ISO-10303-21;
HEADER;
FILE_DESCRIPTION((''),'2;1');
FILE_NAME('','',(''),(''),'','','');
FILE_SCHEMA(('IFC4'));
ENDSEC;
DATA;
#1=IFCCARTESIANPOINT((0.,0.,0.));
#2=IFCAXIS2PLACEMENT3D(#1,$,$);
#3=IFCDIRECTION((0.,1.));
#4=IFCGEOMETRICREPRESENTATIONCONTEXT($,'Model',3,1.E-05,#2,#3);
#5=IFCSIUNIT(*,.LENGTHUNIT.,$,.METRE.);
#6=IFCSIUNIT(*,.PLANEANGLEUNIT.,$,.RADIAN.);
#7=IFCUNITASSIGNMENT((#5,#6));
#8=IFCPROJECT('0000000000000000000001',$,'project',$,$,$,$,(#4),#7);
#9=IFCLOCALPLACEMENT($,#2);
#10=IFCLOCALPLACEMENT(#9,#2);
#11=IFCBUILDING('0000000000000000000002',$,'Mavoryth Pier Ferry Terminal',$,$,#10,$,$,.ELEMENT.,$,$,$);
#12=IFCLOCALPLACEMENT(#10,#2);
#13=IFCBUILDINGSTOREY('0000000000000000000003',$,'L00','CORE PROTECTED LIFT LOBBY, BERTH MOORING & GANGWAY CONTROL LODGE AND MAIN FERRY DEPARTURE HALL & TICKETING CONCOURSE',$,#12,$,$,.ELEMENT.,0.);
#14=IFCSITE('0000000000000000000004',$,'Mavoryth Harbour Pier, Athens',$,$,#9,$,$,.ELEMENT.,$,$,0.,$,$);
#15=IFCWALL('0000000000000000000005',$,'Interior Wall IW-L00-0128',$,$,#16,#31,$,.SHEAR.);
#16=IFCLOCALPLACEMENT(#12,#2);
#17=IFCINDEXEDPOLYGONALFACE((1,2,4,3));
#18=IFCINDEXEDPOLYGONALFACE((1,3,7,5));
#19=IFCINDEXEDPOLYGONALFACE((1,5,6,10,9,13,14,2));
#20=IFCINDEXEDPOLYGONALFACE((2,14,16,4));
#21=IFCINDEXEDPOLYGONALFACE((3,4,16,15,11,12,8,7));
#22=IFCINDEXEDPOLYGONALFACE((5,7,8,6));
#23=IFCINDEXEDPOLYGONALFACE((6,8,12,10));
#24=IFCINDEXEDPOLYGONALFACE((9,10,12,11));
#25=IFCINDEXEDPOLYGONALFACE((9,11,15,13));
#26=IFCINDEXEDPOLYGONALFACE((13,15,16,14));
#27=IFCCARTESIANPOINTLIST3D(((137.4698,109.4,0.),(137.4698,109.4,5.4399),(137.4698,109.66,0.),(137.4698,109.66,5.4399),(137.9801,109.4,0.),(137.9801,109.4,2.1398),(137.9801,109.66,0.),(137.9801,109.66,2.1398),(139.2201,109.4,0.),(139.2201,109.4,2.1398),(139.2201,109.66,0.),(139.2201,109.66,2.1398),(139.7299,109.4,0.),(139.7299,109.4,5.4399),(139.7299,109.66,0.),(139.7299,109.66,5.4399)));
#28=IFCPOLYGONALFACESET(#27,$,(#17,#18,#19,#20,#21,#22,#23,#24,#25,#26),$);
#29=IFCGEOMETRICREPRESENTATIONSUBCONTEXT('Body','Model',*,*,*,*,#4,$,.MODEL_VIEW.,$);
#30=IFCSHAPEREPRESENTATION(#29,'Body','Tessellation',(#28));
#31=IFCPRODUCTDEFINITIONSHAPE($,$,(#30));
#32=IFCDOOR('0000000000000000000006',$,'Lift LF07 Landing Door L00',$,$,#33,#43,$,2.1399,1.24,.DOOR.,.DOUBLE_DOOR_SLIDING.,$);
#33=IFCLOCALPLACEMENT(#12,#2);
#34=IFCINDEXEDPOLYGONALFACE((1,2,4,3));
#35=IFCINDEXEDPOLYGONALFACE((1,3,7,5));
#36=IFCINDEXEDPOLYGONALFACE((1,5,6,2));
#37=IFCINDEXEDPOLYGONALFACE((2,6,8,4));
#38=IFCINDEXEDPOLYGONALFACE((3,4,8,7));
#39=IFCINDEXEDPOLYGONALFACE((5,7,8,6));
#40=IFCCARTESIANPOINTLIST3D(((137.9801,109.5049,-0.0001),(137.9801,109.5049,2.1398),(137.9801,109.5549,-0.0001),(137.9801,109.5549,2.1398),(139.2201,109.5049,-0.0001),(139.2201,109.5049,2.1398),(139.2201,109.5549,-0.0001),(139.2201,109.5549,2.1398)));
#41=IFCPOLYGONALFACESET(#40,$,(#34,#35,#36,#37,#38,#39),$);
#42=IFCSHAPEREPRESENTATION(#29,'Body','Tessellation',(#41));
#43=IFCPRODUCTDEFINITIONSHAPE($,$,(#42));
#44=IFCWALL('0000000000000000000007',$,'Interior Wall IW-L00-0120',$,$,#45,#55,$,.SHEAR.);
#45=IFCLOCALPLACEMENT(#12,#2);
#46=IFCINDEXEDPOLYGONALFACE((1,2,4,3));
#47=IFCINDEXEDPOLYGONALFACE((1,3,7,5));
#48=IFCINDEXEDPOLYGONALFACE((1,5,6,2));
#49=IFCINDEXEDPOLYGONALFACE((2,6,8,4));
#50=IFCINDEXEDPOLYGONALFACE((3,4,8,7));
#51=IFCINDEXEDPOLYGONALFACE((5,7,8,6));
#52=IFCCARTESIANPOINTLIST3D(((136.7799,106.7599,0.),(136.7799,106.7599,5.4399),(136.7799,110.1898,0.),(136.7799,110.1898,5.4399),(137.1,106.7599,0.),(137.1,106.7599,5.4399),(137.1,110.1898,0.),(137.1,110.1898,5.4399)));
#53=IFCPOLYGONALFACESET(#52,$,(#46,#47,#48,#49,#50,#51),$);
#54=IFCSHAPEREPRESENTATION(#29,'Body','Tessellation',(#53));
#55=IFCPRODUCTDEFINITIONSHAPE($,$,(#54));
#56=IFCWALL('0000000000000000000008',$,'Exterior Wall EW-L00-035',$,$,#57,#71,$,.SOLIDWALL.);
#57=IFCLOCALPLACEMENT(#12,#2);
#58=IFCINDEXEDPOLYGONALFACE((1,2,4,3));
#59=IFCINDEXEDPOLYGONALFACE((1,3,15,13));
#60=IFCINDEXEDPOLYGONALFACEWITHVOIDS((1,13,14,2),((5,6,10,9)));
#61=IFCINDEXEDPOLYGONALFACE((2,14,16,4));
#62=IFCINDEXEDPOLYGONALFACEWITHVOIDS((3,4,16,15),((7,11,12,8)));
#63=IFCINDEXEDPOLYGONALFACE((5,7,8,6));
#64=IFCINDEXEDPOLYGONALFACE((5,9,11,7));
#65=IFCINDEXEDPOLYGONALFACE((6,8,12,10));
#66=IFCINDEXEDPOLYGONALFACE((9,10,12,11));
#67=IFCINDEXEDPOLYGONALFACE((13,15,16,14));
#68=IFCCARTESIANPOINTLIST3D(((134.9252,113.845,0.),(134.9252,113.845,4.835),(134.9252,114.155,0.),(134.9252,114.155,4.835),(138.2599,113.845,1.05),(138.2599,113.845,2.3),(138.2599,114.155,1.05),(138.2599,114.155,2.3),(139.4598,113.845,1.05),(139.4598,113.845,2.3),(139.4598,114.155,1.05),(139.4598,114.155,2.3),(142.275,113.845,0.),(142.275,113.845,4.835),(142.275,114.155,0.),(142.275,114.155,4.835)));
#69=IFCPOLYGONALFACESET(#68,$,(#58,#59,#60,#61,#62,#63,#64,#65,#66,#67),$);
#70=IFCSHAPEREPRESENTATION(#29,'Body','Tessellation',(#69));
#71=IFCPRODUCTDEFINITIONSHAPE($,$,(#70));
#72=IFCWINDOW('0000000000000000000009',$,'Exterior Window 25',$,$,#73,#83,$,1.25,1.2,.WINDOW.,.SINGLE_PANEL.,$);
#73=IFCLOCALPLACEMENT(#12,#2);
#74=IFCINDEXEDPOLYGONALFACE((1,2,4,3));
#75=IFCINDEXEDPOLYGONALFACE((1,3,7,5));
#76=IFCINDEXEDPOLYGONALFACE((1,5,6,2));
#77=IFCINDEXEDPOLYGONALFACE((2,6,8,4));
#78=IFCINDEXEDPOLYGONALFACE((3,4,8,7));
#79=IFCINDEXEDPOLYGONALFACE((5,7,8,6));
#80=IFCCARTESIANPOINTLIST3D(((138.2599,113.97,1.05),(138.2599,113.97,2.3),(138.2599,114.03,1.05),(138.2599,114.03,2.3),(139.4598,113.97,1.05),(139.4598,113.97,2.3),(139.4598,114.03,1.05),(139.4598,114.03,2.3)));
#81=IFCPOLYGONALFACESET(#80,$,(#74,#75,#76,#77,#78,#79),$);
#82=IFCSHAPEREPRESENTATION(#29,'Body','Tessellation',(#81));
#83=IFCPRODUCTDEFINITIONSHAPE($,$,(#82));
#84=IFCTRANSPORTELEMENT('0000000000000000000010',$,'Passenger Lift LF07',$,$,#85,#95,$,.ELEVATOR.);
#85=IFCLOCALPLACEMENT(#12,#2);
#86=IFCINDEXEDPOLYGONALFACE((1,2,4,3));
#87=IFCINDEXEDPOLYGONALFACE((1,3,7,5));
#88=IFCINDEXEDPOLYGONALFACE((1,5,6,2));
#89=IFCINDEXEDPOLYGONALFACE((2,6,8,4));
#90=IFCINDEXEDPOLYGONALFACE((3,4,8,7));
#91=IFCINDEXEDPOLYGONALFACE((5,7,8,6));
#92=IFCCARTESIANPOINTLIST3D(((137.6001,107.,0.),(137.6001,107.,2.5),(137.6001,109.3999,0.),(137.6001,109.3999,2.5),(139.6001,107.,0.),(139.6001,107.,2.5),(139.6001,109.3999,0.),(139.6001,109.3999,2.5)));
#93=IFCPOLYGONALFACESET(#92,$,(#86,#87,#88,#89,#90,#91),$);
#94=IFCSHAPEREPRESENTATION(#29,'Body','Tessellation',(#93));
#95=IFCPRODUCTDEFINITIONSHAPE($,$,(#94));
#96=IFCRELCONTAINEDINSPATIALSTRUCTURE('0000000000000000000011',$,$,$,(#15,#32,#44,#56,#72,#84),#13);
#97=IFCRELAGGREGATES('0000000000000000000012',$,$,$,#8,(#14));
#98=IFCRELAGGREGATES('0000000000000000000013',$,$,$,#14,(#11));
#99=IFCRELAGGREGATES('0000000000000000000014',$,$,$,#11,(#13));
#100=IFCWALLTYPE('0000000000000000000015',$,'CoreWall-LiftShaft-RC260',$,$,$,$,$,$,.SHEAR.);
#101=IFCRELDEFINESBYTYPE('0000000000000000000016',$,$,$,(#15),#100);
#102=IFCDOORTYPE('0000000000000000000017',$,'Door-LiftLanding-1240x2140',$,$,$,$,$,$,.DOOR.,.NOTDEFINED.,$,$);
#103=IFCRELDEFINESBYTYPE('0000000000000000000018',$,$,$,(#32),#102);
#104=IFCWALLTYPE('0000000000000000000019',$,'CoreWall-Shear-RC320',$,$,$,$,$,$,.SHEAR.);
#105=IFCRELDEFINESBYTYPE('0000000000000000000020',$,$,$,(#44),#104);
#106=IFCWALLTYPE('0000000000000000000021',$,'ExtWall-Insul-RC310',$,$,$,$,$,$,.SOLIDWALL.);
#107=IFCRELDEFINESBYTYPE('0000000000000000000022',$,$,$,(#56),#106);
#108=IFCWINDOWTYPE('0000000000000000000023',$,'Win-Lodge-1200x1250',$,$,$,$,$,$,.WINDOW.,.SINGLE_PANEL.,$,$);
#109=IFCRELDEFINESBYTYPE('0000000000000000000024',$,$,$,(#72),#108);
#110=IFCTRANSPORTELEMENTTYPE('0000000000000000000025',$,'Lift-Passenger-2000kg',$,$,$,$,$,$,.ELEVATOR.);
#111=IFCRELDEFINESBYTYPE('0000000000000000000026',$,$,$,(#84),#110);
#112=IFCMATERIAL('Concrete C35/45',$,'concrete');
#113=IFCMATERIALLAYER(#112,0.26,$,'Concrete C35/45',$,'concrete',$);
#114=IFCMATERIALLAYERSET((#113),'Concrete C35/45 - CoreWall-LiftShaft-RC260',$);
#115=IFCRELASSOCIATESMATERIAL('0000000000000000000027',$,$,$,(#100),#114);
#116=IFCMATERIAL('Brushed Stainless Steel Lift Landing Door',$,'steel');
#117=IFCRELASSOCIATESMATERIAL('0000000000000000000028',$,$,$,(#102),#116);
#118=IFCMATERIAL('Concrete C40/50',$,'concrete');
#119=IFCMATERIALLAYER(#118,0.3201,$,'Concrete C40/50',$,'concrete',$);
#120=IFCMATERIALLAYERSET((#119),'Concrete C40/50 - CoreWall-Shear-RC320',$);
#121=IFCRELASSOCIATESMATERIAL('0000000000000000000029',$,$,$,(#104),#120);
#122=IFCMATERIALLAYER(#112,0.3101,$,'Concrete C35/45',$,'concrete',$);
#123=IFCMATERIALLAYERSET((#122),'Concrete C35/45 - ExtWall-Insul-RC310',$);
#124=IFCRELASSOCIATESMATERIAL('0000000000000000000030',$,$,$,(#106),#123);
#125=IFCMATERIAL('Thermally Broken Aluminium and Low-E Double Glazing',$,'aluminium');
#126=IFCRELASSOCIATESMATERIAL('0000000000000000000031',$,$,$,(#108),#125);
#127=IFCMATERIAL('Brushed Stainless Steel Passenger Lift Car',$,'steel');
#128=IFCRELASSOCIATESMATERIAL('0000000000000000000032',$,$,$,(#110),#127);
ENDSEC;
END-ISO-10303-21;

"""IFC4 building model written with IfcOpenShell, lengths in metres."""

from ifc_helpers import new_model, si_unit, direction, frame, frame_2d, origin, origin_2d, place, context, subcontext, project, spatial, rectangle, extrude, material, layer, layer_set, type_object, element, fill, save


model = new_model("IFC4")

# Units and contexts
model_context = context("Model", 3, precision=1e-05, world=origin(), true_north=direction((0.0, 1.0)))
body_context = subcontext(model_context, "Body", "Model", "MODEL_VIEW")
ifc_project = project(units=[si_unit("LENGTHUNIT", "METRE"), si_unit("PLANEANGLEUNIT", "RADIAN")], contexts=[model_context])

# Site, building, storey
site_placement = place(None, origin())
site = spatial("IfcSite", under=ifc_project, at=site_placement, Name="Mavoryth Harbour Pier, Athens", CompositionType="ELEMENT", RefElevation=0.0)
building_placement = place(site_placement, origin())
building = spatial("IfcBuilding", under=site, at=building_placement, Name="Mavoryth Pier Ferry Terminal", CompositionType="ELEMENT")
storey_placement = place(building_placement, origin())
storey = spatial("IfcBuildingStorey", under=building, at=storey_placement, Name="L00", Description="CORE PROTECTED LIFT LOBBY, BERTH MOORING & GANGWAY CONTROL LODGE AND MAIN FERRY DEPARTURE HALL & TICKETING CONCOURSE", CompositionType="ELEMENT", Elevation=0.0)

# Shared definitions
ifc_material_1 = material(Name="Concrete C35/45", Category="concrete")

# Shared definitions
ifc_material_2 = material(Name="Concrete C40/50", Category="concrete")

# Shared definitions
ifc_layer_1 = layer(ifc_material_1, 0.26, Name="Concrete C35/45", Category="concrete")
ifc_layer_set_1 = layer_set([ifc_layer_1], Name="Concrete C35/45 - CoreWall-LiftShaft-RC260")
wall_type_1 = type_object("IfcWallType", Name="CoreWall-LiftShaft-RC260", PredefinedType="SHEAR", material=ifc_layer_set_1)

# Wall, opening, door
wall_1_placement = place(storey_placement, frame((137.47, 109.53, 0.0), z_axis=(0.0, 0.0, 1.0), x_axis=(1.0, 0.0, 0.0)))
wall_1 = element("IfcWall", 1, at=wall_1_placement, inside=storey, type_object=wall_type_1, Name="Interior Wall IW-L00-0128", PredefinedType="SHEAR", context=body_context, shape_type="SweptSolid", body=[
    extrude(rectangle(XDim=2.26, YDim=0.26, at=frame_2d((1.1299, 0.0))), origin(), (0.0, 0.0, 1.0), 5.4399),
])
opening_1_placement = place(wall_1_placement, frame((0.51, 0.0, 0.0)))
opening_1 = element("IfcOpeningElement", 2, at=opening_1_placement, cuts=wall_1, PredefinedType="OPENING", context=body_context, shape_type="SweptSolid", body=[
    extrude(rectangle(XDim=1.24, YDim=2.1399, at=frame_2d((0.6201, 1.0698))), frame((0.0, 0.1399, 0.0), z_axis=(0.0, -1.0, 0.0), x_axis=(1.0, 0.0, 0.0)), (0.0, 0.0, 1.0), 0.28),
])
ifc_material_3 = material(Name="Brushed Stainless Steel Lift Landing Door", Category="steel")
door_type = type_object("IfcDoorType", Name="Door-LiftLanding-1240x2140", OperationType="NOTDEFINED", PredefinedType="DOOR", material=ifc_material_3)
door_placement = place(opening_1_placement, origin())
door = element("IfcDoor", 3, at=door_placement, inside=storey, type_object=door_type, Name="Lift LF07 Landing Door L00", OperationType="DOUBLE_DOOR_SLIDING", OverallHeight=2.1399, OverallWidth=1.24, PredefinedType="DOOR", context=body_context, shape_type="SweptSolid", body=[
    extrude(rectangle(XDim=1.24, YDim=2.1399, at=frame_2d((0.6201, 1.0698))), frame((0.0, 0.0249, 0.0), z_axis=(0.0, -1.0, 0.0), x_axis=(1.0, 0.0, 0.0)), (0.0, 0.0, 1.0), 0.05),
])
fill(opening_1, door)

# Wall
ifc_layer_2 = layer(ifc_material_2, 0.3201, Name="Concrete C40/50", Category="concrete")
ifc_layer_set_2 = layer_set([ifc_layer_2], Name="Concrete C40/50 - CoreWall-Shear-RC320")
wall_type_2 = type_object("IfcWallType", Name="CoreWall-Shear-RC320", PredefinedType="SHEAR", material=ifc_layer_set_2)
wall_2_placement = place(storey_placement, frame((136.9399, 106.76, 0.0), z_axis=(0.0, 0.0, 1.0), x_axis=(0.0, 1.0, 0.0)))
element("IfcWall", 4, at=wall_2_placement, inside=storey, type_object=wall_type_2, Name="Interior Wall IW-L00-0120", PredefinedType="SHEAR", context=body_context, shape_type="SweptSolid", body=[
    extrude(rectangle(XDim=3.4299, YDim=0.3201, at=frame_2d((1.7148, 0.0))), origin(), (0.0, 0.0, 1.0), 5.4399),
])

# Wall, opening, window
ifc_layer_3 = layer(ifc_material_1, 0.3101, Name="Concrete C35/45", Category="concrete")
ifc_layer_set_3 = layer_set([ifc_layer_3], Name="Concrete C35/45 - ExtWall-Insul-RC310")
wall_type_3 = type_object("IfcWallType", Name="ExtWall-Insul-RC310", PredefinedType="SOLIDWALL", material=ifc_layer_set_3)
wall_3_placement = place(storey_placement, frame((142.2749, 114.0, 0.0), z_axis=(0.0, 0.0, 1.0), x_axis=(-1.0, 0.0, 0.0)))
wall_3 = element("IfcWall", 5, at=wall_3_placement, inside=storey, type_object=wall_type_3, Name="Exterior Wall EW-L00-035", PredefinedType="SOLIDWALL", context=body_context, shape_type="SweptSolid", body=[
    extrude(rectangle(XDim=7.3499, YDim=0.3101, at=frame_2d((3.6748, 0.0))), origin(), (0.0, 0.0, 1.0), 4.835),
])
opening_2_placement = place(wall_3_placement, frame((2.8149, 0.0, 1.05)))
opening_2 = element("IfcOpeningElement", 6, at=opening_2_placement, cuts=wall_3, PredefinedType="OPENING", context=body_context, shape_type="SweptSolid", body=[
    extrude(rectangle(XDim=1.2, YDim=1.25, at=frame_2d((0.6001, 0.625))), frame((0.0, 0.165, 0.0), z_axis=(0.0, -1.0, 0.0), x_axis=(1.0, 0.0, 0.0)), (0.0, 0.0, 1.0), 0.3301),
])
ifc_material_4 = material(Name="Thermally Broken Aluminium and Low-E Double Glazing", Category="aluminium")
window_type = type_object("IfcWindowType", Name="Win-Lodge-1200x1250", PartitioningType="SINGLE_PANEL", PredefinedType="WINDOW", material=ifc_material_4)
window_placement = place(opening_2_placement, origin())
window = element("IfcWindow", 7, at=window_placement, inside=storey, type_object=window_type, Name="Exterior Window 25", OverallHeight=1.25, OverallWidth=1.2, PartitioningType="SINGLE_PANEL", PredefinedType="WINDOW", context=body_context, shape_type="SweptSolid", body=[
    extrude(rectangle(XDim=1.2, YDim=1.25, at=frame_2d((0.6001, 0.625))), frame((0.0, 0.03, 0.0), z_axis=(0.0, -1.0, 0.0), x_axis=(1.0, 0.0, 0.0)), (0.0, 0.0, 1.0), 0.0601),
])
fill(opening_2, window)

# Transport element
ifc_material_5 = material(Name="Brushed Stainless Steel Passenger Lift Car", Category="steel")
transport_element_type = type_object("IfcTransportElementType", Name="Lift-Passenger-2000kg", PredefinedType="ELEVATOR", material=ifc_material_5)
transport_element_placement = place(storey_placement, frame((138.6001, 108.2, 0.0), z_axis=(0.0, 0.0, 1.0), x_axis=(1.0, 0.0, 0.0)))
element("IfcTransportElement", 8, at=transport_element_placement, inside=storey, type_object=transport_element_type, Name="Passenger Lift LF07", PredefinedType="ELEVATOR", context=body_context, shape_type="SweptSolid", body=[
    extrude(rectangle(XDim=2.0, YDim=2.3999, at=origin_2d()), origin(), (0.0, 0.0, 1.0), 2.5),
])

save(model, "model.ifc")
